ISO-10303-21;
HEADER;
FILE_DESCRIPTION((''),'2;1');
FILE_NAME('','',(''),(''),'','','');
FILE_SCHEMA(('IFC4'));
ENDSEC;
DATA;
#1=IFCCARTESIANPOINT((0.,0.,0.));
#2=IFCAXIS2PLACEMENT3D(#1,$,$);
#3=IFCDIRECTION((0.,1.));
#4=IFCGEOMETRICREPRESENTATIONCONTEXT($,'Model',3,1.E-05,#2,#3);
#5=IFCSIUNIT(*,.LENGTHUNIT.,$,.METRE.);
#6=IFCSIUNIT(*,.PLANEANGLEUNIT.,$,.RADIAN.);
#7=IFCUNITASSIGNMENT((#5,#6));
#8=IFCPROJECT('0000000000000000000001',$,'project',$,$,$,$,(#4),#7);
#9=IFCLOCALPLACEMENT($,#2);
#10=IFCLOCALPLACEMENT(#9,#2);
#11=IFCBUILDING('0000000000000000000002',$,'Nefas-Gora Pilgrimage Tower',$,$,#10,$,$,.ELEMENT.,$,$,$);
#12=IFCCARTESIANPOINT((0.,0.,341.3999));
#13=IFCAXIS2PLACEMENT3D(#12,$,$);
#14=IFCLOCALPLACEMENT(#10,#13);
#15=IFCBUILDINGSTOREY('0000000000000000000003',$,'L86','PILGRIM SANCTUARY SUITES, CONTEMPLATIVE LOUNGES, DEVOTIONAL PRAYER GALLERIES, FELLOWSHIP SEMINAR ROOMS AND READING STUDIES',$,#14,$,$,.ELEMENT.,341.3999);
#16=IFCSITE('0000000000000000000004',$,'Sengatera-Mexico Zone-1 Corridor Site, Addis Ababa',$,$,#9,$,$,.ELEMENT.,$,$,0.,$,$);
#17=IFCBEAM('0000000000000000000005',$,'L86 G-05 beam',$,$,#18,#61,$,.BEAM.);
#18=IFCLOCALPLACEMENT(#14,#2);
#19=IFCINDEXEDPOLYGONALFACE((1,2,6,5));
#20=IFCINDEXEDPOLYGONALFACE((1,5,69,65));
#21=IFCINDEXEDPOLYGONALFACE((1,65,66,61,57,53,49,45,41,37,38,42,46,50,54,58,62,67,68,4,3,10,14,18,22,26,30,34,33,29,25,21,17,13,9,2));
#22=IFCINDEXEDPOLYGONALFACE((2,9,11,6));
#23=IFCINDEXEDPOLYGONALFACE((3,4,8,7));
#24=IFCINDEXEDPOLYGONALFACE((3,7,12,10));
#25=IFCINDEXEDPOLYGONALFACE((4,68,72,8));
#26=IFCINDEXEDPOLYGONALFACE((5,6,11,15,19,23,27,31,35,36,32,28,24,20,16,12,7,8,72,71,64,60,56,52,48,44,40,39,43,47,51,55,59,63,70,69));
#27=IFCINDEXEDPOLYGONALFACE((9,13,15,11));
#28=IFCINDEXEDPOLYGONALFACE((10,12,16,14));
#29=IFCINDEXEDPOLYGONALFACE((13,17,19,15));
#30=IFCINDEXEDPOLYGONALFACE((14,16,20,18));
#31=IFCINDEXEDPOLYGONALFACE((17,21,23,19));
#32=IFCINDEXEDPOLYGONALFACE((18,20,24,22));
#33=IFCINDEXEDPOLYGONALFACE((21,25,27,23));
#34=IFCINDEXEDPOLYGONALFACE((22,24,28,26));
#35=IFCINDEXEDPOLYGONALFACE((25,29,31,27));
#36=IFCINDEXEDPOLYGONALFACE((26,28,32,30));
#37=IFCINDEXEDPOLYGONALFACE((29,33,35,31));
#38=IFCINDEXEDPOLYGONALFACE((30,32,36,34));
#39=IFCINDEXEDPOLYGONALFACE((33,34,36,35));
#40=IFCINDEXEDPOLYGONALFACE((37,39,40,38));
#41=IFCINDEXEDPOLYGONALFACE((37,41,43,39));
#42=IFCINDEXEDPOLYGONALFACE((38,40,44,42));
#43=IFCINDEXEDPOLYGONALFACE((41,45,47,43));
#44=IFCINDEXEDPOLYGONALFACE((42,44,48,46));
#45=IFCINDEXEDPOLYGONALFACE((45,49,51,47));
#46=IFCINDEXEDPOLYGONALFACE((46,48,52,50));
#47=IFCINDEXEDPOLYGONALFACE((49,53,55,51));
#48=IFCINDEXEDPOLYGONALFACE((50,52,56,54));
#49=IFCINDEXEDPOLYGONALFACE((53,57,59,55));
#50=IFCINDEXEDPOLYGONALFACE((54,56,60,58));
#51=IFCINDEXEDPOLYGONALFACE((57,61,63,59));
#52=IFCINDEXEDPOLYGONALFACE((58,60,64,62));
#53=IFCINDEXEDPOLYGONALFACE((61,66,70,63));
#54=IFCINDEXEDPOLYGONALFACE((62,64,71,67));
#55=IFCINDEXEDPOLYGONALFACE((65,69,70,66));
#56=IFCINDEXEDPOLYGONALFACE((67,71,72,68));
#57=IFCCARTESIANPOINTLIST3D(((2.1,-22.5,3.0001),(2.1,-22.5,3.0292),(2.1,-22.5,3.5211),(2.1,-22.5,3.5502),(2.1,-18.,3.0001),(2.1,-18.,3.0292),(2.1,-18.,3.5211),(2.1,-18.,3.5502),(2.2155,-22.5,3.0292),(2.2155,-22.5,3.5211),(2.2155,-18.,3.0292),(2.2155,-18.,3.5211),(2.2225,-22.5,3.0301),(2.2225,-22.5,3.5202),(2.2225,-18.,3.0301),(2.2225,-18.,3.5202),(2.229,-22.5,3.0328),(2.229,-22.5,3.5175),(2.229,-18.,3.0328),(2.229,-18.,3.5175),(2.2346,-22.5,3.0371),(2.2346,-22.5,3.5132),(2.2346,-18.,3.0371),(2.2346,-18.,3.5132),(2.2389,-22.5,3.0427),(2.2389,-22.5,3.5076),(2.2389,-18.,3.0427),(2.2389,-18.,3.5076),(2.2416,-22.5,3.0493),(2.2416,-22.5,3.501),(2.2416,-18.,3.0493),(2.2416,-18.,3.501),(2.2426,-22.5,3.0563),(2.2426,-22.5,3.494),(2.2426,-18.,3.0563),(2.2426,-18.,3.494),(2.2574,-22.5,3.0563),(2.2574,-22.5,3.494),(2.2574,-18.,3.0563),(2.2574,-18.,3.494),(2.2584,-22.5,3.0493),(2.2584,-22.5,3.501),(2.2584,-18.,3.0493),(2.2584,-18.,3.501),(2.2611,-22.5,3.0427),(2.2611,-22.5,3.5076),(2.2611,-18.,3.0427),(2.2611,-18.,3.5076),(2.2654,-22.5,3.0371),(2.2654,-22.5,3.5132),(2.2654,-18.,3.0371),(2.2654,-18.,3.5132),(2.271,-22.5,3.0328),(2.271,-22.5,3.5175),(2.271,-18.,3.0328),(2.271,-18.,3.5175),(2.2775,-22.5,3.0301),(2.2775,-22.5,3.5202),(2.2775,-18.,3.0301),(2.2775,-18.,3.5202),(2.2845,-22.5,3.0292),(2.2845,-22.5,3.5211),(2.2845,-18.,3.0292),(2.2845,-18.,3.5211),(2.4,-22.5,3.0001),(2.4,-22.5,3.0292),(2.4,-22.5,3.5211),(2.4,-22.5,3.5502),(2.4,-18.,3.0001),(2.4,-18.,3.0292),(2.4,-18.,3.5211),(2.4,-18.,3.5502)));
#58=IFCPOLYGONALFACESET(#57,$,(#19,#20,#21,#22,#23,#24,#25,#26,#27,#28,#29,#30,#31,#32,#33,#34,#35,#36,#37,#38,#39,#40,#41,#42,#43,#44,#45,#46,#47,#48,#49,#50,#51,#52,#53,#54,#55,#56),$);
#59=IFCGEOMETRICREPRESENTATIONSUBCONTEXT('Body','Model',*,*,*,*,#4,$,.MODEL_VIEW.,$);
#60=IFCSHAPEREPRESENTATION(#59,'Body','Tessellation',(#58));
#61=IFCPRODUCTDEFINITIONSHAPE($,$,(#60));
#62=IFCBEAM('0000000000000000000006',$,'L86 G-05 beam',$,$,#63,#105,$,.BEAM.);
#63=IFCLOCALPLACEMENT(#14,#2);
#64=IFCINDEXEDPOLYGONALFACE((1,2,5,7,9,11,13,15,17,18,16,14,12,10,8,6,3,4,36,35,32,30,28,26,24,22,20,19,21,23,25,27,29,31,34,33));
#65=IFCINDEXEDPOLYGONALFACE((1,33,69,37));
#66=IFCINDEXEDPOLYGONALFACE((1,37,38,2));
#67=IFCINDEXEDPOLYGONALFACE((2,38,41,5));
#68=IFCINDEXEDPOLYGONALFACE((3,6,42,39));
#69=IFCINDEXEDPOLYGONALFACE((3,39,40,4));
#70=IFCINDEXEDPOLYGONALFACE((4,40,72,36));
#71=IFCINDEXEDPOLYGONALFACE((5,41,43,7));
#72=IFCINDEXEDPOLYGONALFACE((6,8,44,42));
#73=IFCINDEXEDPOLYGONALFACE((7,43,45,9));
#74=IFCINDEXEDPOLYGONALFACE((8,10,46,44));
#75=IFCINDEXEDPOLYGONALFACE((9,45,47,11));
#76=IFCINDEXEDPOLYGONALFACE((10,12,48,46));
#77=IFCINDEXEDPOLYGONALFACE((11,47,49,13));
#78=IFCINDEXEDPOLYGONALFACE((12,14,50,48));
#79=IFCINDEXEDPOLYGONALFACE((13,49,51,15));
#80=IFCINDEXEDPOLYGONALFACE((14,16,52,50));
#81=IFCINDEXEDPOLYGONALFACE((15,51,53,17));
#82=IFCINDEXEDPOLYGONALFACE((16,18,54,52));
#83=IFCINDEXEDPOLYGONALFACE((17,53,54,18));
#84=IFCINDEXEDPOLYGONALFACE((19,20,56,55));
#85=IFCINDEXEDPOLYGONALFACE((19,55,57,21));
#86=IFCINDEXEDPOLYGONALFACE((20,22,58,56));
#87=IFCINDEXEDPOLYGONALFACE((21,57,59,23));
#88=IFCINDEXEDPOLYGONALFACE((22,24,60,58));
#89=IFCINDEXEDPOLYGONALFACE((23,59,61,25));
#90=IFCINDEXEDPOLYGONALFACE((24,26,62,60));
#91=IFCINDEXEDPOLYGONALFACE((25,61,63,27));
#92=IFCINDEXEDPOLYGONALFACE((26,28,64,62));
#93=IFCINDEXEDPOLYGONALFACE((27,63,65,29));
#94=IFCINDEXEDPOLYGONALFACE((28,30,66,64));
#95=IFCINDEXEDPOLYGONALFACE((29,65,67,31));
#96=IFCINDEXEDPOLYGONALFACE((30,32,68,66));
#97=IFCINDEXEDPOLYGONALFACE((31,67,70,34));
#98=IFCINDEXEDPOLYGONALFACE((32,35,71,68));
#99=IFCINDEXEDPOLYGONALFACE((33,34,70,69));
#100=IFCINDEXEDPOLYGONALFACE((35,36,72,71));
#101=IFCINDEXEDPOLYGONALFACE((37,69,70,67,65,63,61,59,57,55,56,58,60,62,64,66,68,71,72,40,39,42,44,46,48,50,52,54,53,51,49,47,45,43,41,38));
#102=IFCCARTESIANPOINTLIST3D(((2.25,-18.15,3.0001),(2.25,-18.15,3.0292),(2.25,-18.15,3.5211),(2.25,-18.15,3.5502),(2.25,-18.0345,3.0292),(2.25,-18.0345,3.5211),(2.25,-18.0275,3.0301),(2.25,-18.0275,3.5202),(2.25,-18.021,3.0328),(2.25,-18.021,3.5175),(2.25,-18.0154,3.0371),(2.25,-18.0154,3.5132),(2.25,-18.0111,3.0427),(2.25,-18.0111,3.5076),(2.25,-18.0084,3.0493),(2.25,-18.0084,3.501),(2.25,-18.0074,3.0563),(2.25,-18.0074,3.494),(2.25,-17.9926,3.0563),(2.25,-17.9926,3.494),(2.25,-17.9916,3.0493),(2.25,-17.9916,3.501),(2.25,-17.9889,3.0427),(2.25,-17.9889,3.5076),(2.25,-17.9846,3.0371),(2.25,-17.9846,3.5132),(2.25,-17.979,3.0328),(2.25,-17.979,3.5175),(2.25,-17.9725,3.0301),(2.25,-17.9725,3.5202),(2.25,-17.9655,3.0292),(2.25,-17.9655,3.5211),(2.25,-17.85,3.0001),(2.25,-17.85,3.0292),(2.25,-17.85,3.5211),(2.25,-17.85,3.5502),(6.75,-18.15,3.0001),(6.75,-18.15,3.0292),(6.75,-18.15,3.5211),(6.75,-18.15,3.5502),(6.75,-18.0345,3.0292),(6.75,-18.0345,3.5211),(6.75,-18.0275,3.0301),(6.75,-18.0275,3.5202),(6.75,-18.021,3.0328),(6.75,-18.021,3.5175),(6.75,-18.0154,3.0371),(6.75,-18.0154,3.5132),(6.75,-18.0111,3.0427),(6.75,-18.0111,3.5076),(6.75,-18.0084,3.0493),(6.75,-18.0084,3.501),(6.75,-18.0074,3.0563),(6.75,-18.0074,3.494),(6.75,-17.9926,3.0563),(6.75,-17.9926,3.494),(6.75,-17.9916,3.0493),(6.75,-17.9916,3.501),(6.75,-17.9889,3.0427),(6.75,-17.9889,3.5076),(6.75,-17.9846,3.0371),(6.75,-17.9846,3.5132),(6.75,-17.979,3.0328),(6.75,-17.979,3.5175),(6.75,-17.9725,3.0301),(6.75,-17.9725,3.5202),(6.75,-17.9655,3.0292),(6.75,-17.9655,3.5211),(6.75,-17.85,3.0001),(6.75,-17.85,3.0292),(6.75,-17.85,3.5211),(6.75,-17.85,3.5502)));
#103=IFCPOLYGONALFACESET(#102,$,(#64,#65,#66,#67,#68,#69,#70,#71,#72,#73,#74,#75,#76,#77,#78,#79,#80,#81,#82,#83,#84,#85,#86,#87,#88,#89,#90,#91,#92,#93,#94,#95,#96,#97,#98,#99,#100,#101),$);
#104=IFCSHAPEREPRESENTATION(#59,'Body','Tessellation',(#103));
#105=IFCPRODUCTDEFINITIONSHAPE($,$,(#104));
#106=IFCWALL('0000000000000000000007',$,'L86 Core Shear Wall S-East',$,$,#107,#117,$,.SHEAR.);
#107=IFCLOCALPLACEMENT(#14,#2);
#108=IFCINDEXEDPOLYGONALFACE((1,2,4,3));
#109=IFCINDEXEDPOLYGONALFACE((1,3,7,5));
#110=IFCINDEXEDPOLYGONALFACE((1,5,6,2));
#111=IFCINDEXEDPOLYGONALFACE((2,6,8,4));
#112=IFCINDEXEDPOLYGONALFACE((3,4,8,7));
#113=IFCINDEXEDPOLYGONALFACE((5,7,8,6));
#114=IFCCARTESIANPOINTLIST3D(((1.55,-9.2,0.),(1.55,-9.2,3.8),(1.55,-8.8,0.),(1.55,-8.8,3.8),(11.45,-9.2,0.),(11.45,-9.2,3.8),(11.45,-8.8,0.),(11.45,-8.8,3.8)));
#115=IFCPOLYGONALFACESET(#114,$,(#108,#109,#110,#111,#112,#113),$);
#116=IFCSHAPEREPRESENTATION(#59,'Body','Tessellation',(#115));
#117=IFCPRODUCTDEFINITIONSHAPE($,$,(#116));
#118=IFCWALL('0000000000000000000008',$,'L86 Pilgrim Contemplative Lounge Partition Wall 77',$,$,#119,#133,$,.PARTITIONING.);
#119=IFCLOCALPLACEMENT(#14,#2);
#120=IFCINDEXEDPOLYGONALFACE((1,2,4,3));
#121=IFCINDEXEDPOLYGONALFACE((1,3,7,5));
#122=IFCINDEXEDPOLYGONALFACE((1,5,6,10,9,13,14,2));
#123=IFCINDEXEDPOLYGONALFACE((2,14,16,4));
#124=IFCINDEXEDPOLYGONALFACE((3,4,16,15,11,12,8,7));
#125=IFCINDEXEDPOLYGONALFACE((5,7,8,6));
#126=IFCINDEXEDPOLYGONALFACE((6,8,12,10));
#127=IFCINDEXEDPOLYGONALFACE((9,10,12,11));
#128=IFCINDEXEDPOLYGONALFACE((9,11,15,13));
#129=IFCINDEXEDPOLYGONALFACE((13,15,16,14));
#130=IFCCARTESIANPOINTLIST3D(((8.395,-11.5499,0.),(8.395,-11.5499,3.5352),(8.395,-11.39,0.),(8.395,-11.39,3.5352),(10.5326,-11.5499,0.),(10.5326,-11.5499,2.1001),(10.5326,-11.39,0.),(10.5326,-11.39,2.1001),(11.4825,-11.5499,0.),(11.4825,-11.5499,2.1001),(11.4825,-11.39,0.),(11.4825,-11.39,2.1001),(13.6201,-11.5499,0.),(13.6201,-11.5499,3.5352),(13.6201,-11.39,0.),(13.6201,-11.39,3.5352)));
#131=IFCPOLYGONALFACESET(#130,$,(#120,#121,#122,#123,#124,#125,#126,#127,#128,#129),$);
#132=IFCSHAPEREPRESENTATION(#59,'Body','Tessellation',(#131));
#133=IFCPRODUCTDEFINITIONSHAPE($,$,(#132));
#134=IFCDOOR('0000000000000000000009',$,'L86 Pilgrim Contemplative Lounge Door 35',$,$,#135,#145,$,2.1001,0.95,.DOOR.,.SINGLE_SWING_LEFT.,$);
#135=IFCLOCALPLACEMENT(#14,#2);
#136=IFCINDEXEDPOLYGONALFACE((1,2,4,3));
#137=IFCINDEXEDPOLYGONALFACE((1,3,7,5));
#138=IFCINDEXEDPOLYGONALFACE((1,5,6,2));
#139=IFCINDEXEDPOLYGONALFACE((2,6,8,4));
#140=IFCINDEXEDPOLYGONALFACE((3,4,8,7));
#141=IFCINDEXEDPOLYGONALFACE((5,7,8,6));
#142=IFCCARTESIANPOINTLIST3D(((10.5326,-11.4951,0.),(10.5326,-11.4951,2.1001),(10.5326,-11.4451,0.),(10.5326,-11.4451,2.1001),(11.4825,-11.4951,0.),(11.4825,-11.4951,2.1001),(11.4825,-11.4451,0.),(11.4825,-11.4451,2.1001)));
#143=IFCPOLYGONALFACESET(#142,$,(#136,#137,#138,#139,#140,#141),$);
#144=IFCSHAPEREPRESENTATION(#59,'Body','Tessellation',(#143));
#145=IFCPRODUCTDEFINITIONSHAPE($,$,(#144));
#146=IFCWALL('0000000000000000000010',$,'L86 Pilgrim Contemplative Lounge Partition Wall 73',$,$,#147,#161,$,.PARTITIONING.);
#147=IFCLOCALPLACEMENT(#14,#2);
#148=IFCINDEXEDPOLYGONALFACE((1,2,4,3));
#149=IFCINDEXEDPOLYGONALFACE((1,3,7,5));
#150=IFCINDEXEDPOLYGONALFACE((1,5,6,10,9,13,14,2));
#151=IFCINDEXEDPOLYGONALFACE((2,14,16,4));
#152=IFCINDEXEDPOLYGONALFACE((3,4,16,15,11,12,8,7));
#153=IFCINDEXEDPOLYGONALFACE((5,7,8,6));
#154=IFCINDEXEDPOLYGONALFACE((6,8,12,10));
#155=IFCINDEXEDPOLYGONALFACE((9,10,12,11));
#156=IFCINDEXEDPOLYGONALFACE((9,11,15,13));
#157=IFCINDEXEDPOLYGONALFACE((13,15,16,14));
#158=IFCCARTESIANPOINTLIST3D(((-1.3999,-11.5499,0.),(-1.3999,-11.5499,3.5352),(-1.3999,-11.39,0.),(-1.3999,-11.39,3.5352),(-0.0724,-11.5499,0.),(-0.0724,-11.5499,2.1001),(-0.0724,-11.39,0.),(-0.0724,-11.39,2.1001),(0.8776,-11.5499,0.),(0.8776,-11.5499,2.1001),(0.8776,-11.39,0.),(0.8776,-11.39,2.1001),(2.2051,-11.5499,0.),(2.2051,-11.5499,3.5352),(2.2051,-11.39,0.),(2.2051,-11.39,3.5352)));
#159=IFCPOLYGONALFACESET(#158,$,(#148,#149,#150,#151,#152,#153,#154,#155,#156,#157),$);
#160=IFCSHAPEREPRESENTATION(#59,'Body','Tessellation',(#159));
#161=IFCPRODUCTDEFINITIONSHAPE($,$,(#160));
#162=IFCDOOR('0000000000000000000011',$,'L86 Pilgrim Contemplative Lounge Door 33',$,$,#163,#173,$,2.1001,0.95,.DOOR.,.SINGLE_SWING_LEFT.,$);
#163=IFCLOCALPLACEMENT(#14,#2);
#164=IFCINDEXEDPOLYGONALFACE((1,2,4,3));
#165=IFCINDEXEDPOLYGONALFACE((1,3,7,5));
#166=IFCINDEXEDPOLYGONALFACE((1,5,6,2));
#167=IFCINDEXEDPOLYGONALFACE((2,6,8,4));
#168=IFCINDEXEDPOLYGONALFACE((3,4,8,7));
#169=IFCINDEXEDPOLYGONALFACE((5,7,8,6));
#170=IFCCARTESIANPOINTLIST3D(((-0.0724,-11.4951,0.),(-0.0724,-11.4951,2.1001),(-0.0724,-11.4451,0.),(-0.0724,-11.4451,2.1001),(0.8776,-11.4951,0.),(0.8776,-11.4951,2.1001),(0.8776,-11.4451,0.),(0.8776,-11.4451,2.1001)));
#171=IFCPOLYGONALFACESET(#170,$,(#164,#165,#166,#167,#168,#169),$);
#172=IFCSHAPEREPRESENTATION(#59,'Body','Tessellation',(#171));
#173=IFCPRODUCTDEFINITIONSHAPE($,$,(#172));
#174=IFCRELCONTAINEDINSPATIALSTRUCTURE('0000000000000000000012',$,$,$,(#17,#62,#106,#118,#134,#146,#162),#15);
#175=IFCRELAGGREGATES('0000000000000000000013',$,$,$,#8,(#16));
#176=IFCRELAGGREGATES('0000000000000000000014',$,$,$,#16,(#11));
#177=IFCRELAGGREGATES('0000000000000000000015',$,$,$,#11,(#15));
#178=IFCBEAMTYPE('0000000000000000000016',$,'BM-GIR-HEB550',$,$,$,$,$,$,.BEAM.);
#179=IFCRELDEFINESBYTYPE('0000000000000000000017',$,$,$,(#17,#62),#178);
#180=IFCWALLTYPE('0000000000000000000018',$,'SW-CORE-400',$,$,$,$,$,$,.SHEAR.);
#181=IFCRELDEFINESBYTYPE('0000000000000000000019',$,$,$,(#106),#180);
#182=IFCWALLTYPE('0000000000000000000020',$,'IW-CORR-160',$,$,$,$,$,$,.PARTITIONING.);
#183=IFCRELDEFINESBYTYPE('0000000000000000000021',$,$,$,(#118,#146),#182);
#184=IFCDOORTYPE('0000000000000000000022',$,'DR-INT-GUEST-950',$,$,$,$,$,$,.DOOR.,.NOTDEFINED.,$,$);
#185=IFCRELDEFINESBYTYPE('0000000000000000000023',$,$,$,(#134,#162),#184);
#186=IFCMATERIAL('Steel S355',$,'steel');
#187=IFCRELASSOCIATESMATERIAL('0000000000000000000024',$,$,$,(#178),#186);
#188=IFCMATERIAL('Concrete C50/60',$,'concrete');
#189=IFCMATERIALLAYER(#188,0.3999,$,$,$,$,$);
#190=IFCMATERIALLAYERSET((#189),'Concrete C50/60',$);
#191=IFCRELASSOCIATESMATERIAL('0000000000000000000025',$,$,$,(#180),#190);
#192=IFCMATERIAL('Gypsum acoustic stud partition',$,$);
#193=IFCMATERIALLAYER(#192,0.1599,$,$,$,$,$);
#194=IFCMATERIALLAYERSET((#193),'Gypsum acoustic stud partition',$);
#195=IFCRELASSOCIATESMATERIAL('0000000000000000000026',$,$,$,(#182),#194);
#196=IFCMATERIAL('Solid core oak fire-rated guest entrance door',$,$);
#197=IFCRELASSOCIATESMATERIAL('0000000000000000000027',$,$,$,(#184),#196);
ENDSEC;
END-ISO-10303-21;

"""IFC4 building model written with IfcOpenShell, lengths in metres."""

from ifc_helpers import new_model, si_unit, direction, frame, frame_2d, origin, origin_2d, place, context, subcontext, project, spatial, rectangle, i_section, extrude, source, transform, mapped, material, layer, layer_set, material_profile, profile_set, type_object, element, fill, save


model = new_model("IFC4")

# Units and contexts
model_context = context("Model", 3, precision=1e-05, world=origin(), true_north=direction((0.0, 1.0)))
body_context = subcontext(model_context, "Body", "Model", "MODEL_VIEW")
ifc_project = project(units=[si_unit("LENGTHUNIT", "METRE"), si_unit("PLANEANGLEUNIT", "RADIAN")], contexts=[model_context])

# Site, building, storey
site_placement = place(None, origin())
site = spatial("IfcSite", under=ifc_project, at=site_placement, Name="Sengatera-Mexico Zone-1 Corridor Site, Addis Ababa", CompositionType="ELEMENT", RefElevation=0.0)
building_placement = place(site_placement, origin())
building = spatial("IfcBuilding", under=site, at=building_placement, Name="Nefas-Gora Pilgrimage Tower", CompositionType="ELEMENT")
storey_placement = place(building_placement, frame((0.0, 0.0, 341.3999)))
storey = spatial("IfcBuildingStorey", under=building, at=storey_placement, Name="L86", Description="PILGRIM SANCTUARY SUITES, CONTEMPLATIVE LOUNGES, DEVOTIONAL PRAYER GALLERIES, FELLOWSHIP SEMINAR ROOMS AND READING STUDIES", CompositionType="ELEMENT", Elevation=341.3999)

# Shared definitions
ifc_material_1 = material(Name="Steel S355", Category="steel")
ifc_material_2 = material(Name="Concrete C50/60", Category="concrete")

# Beams
ifc_material_profile_1 = material_profile(ifc_material_1, i_section(OverallWidth=0.3, OverallDepth=0.55, WebThickness=0.0149, FlangeThickness=0.0291, FilletRadius=0.0271, at=origin_2d()), Name="HEB 550")
ifc_profile_set_1 = profile_set([ifc_material_profile_1], Name="Steel S355")
beam_type_1 = type_object("IfcBeamType", Name="BM-GIR-HEB550", PredefinedType="BEAM", material=ifc_profile_set_1)
shared_shape_1 = source(origin(), body_context, "Body", "SweptSolid", [
    extrude(i_section(OverallWidth=0.3, OverallDepth=0.55, WebThickness=0.0149, FlangeThickness=0.0291, FilletRadius=0.0271, at=origin_2d()), origin(), (0.0, 0.0, 1.0), 4.5),
])
for number, where, z_axis, x_axis, name in (
    (1, (2.25, -22.5, 3.2751), (0.0, 1.0, 0.0), (-1.0, 0.0, 0.0), "L86 G-05 beam"),
    (2, (2.25, -18.0, 3.2751), (1.0, 0.0, 0.0), (0.0, 1.0, 0.0), "L86 G-05 beam"),
):
    element("IfcBeam", number, at=place(storey_placement, frame(where, z_axis=z_axis, x_axis=x_axis)), inside=storey, type_object=beam_type_1, Name=name, PredefinedType="BEAM", context=body_context, shape_type="MappedRepresentation", body=[
        mapped(shared_shape_1, transform((0.0, 0.0, 0.0), x_axis=(1.0, 0.0, 0.0), y_axis=(0.0, 1.0, 0.0), z_axis=(0.0, 0.0, 1.0), scale=1.0)),
    ])

# Wall
ifc_layer_1 = layer(ifc_material_2, 0.3999)
ifc_layer_set_1 = layer_set([ifc_layer_1], Name="Concrete C50/60")
wall_type_1 = type_object("IfcWallType", Name="SW-CORE-400", PredefinedType="SHEAR", material=ifc_layer_set_1)
shared_shape_2 = source(origin(), body_context, "Body", "SweptSolid", [
    extrude(rectangle(XDim=9.8999, YDim=0.3999, at=frame_2d((4.95, 0.0))), origin(), (0.0, 0.0, 1.0), 3.8),
])
wall_1_placement = place(storey_placement, frame((1.55, -9.0, 0.0), z_axis=(0.0, 0.0, 1.0), x_axis=(1.0, 0.0, 0.0)))
element("IfcWall", 3, at=wall_1_placement, inside=storey, type_object=wall_type_1, Name="L86 Core Shear Wall S-East", PredefinedType="SHEAR", context=body_context, shape_type="MappedRepresentation", body=[
    mapped(shared_shape_2, transform((0.0, 0.0, 0.0), x_axis=(1.0, 0.0, 0.0), y_axis=(0.0, 1.0, 0.0), z_axis=(0.0, 0.0, 1.0), scale=1.0)),
])

# Walls, openings, doors
ifc_material_3 = material(Name="Gypsum acoustic stud partition")
ifc_layer_2 = layer(ifc_material_3, 0.1599)
ifc_layer_set_2 = layer_set([ifc_layer_2], Name="Gypsum acoustic stud partition")
wall_type_2 = type_object("IfcWallType", Name="IW-CORR-160", PredefinedType="PARTITIONING", material=ifc_layer_set_2)
shared_shape_3 = source(origin(), body_context, "Body", "SweptSolid", [
    extrude(rectangle(XDim=5.2251, YDim=0.1599, at=frame_2d((2.6125, 0.0))), origin(), (0.0, 0.0, 1.0), 3.5352),
])
wall_2_placement = place(storey_placement, frame((8.395, -11.47, 0.0), z_axis=(0.0, 0.0, 1.0), x_axis=(1.0, 0.0, 0.0)))
wall_2 = element("IfcWall", 4, at=wall_2_placement, inside=storey, type_object=wall_type_2, Name="L86 Pilgrim Contemplative Lounge Partition Wall 77", PredefinedType="PARTITIONING", context=body_context, shape_type="MappedRepresentation", body=[
    mapped(shared_shape_3, transform((0.0, 0.0, 0.0), x_axis=(1.0, 0.0, 0.0), y_axis=(0.0, 1.0, 0.0), z_axis=(0.0, 0.0, 1.0), scale=1.0)),
])
opening_1_placement = place(wall_2_placement, frame((2.1375, 0.0, 0.0)))
opening_1 = element("IfcOpeningElement", 5, at=opening_1_placement, cuts=wall_2, PredefinedType="OPENING", context=body_context, shape_type="SweptSolid", body=[
    extrude(rectangle(XDim=0.95, YDim=2.1001, at=frame_2d((0.4751, 1.05))), frame((0.0, 0.0898, 0.0), z_axis=(0.0, -1.0, 0.0), x_axis=(1.0, 0.0, 0.0)), (0.0, 0.0, 1.0), 0.1799),
])
ifc_material_4 = material(Name="Solid core oak fire-rated guest entrance door")
door_type_1 = type_object("IfcDoorType", Name="DR-INT-GUEST-950", OperationType="NOTDEFINED", PredefinedType="DOOR", material=ifc_material_4)
shared_shape_4 = source(origin(), body_context, "Body", "SweptSolid", [
    extrude(rectangle(XDim=0.95, YDim=2.1001, at=frame_2d((0.4751, 1.05))), frame((0.0, 0.0249, 0.0), z_axis=(0.0, -1.0, 0.0), x_axis=(1.0, 0.0, 0.0)), (0.0, 0.0, 1.0), 0.05),
])
door_1_placement = place(opening_1_placement, origin())
door_1 = element("IfcDoor", 6, at=door_1_placement, inside=storey, type_object=door_type_1, Name="L86 Pilgrim Contemplative Lounge Door 35", OperationType="SINGLE_SWING_LEFT", OverallHeight=2.1001, OverallWidth=0.95, PredefinedType="DOOR", context=body_context, shape_type="MappedRepresentation", body=[
    mapped(shared_shape_4, transform((0.0, 0.0, 0.0), x_axis=(1.0, 0.0, 0.0), y_axis=(0.0, 1.0, 0.0), z_axis=(0.0, 0.0, 1.0), scale=1.0)),
])
fill(opening_1, door_1)
shared_shape_5 = source(origin(), body_context, "Body", "SweptSolid", [
    extrude(rectangle(XDim=3.605, YDim=0.1599, at=frame_2d((1.8025, 0.0))), origin(), (0.0, 0.0, 1.0), 3.5352),
])
wall_3_placement = place(storey_placement, frame((-1.3999, -11.47, 0.0), z_axis=(0.0, 0.0, 1.0), x_axis=(1.0, 0.0, 0.0)))
wall_3 = element("IfcWall", 7, at=wall_3_placement, inside=storey, type_object=wall_type_2, Name="L86 Pilgrim Contemplative Lounge Partition Wall 73", PredefinedType="PARTITIONING", context=body_context, shape_type="MappedRepresentation", body=[
    mapped(shared_shape_5, transform((0.0, 0.0, 0.0), x_axis=(1.0, 0.0, 0.0), y_axis=(0.0, 1.0, 0.0), z_axis=(0.0, 0.0, 1.0), scale=1.0)),
])
opening_2_placement = place(wall_3_placement, frame((1.3274, 0.0, 0.0)))
opening_2 = element("IfcOpeningElement", 8, at=opening_2_placement, cuts=wall_3, PredefinedType="OPENING", context=body_context, shape_type="SweptSolid", body=[
    extrude(rectangle(XDim=0.95, YDim=2.1001, at=frame_2d((0.4751, 1.05))), frame((0.0, 0.0898, 0.0), z_axis=(0.0, -1.0, 0.0), x_axis=(1.0, 0.0, 0.0)), (0.0, 0.0, 1.0), 0.1799),
])
door_2_placement = place(opening_2_placement, origin())
door_2 = element("IfcDoor", 9, at=door_2_placement, inside=storey, type_object=door_type_1, Name="L86 Pilgrim Contemplative Lounge Door 33", OperationType="SINGLE_SWING_LEFT", OverallHeight=2.1001, OverallWidth=0.95, PredefinedType="DOOR", context=body_context, shape_type="MappedRepresentation", body=[
    mapped(shared_shape_4, transform((0.0, 0.0, 0.0), x_axis=(1.0, 0.0, 0.0), y_axis=(0.0, 1.0, 0.0), z_axis=(0.0, 0.0, 1.0), scale=1.0)),
])
fill(opening_2, door_2)

save(model, "model.ifc")
